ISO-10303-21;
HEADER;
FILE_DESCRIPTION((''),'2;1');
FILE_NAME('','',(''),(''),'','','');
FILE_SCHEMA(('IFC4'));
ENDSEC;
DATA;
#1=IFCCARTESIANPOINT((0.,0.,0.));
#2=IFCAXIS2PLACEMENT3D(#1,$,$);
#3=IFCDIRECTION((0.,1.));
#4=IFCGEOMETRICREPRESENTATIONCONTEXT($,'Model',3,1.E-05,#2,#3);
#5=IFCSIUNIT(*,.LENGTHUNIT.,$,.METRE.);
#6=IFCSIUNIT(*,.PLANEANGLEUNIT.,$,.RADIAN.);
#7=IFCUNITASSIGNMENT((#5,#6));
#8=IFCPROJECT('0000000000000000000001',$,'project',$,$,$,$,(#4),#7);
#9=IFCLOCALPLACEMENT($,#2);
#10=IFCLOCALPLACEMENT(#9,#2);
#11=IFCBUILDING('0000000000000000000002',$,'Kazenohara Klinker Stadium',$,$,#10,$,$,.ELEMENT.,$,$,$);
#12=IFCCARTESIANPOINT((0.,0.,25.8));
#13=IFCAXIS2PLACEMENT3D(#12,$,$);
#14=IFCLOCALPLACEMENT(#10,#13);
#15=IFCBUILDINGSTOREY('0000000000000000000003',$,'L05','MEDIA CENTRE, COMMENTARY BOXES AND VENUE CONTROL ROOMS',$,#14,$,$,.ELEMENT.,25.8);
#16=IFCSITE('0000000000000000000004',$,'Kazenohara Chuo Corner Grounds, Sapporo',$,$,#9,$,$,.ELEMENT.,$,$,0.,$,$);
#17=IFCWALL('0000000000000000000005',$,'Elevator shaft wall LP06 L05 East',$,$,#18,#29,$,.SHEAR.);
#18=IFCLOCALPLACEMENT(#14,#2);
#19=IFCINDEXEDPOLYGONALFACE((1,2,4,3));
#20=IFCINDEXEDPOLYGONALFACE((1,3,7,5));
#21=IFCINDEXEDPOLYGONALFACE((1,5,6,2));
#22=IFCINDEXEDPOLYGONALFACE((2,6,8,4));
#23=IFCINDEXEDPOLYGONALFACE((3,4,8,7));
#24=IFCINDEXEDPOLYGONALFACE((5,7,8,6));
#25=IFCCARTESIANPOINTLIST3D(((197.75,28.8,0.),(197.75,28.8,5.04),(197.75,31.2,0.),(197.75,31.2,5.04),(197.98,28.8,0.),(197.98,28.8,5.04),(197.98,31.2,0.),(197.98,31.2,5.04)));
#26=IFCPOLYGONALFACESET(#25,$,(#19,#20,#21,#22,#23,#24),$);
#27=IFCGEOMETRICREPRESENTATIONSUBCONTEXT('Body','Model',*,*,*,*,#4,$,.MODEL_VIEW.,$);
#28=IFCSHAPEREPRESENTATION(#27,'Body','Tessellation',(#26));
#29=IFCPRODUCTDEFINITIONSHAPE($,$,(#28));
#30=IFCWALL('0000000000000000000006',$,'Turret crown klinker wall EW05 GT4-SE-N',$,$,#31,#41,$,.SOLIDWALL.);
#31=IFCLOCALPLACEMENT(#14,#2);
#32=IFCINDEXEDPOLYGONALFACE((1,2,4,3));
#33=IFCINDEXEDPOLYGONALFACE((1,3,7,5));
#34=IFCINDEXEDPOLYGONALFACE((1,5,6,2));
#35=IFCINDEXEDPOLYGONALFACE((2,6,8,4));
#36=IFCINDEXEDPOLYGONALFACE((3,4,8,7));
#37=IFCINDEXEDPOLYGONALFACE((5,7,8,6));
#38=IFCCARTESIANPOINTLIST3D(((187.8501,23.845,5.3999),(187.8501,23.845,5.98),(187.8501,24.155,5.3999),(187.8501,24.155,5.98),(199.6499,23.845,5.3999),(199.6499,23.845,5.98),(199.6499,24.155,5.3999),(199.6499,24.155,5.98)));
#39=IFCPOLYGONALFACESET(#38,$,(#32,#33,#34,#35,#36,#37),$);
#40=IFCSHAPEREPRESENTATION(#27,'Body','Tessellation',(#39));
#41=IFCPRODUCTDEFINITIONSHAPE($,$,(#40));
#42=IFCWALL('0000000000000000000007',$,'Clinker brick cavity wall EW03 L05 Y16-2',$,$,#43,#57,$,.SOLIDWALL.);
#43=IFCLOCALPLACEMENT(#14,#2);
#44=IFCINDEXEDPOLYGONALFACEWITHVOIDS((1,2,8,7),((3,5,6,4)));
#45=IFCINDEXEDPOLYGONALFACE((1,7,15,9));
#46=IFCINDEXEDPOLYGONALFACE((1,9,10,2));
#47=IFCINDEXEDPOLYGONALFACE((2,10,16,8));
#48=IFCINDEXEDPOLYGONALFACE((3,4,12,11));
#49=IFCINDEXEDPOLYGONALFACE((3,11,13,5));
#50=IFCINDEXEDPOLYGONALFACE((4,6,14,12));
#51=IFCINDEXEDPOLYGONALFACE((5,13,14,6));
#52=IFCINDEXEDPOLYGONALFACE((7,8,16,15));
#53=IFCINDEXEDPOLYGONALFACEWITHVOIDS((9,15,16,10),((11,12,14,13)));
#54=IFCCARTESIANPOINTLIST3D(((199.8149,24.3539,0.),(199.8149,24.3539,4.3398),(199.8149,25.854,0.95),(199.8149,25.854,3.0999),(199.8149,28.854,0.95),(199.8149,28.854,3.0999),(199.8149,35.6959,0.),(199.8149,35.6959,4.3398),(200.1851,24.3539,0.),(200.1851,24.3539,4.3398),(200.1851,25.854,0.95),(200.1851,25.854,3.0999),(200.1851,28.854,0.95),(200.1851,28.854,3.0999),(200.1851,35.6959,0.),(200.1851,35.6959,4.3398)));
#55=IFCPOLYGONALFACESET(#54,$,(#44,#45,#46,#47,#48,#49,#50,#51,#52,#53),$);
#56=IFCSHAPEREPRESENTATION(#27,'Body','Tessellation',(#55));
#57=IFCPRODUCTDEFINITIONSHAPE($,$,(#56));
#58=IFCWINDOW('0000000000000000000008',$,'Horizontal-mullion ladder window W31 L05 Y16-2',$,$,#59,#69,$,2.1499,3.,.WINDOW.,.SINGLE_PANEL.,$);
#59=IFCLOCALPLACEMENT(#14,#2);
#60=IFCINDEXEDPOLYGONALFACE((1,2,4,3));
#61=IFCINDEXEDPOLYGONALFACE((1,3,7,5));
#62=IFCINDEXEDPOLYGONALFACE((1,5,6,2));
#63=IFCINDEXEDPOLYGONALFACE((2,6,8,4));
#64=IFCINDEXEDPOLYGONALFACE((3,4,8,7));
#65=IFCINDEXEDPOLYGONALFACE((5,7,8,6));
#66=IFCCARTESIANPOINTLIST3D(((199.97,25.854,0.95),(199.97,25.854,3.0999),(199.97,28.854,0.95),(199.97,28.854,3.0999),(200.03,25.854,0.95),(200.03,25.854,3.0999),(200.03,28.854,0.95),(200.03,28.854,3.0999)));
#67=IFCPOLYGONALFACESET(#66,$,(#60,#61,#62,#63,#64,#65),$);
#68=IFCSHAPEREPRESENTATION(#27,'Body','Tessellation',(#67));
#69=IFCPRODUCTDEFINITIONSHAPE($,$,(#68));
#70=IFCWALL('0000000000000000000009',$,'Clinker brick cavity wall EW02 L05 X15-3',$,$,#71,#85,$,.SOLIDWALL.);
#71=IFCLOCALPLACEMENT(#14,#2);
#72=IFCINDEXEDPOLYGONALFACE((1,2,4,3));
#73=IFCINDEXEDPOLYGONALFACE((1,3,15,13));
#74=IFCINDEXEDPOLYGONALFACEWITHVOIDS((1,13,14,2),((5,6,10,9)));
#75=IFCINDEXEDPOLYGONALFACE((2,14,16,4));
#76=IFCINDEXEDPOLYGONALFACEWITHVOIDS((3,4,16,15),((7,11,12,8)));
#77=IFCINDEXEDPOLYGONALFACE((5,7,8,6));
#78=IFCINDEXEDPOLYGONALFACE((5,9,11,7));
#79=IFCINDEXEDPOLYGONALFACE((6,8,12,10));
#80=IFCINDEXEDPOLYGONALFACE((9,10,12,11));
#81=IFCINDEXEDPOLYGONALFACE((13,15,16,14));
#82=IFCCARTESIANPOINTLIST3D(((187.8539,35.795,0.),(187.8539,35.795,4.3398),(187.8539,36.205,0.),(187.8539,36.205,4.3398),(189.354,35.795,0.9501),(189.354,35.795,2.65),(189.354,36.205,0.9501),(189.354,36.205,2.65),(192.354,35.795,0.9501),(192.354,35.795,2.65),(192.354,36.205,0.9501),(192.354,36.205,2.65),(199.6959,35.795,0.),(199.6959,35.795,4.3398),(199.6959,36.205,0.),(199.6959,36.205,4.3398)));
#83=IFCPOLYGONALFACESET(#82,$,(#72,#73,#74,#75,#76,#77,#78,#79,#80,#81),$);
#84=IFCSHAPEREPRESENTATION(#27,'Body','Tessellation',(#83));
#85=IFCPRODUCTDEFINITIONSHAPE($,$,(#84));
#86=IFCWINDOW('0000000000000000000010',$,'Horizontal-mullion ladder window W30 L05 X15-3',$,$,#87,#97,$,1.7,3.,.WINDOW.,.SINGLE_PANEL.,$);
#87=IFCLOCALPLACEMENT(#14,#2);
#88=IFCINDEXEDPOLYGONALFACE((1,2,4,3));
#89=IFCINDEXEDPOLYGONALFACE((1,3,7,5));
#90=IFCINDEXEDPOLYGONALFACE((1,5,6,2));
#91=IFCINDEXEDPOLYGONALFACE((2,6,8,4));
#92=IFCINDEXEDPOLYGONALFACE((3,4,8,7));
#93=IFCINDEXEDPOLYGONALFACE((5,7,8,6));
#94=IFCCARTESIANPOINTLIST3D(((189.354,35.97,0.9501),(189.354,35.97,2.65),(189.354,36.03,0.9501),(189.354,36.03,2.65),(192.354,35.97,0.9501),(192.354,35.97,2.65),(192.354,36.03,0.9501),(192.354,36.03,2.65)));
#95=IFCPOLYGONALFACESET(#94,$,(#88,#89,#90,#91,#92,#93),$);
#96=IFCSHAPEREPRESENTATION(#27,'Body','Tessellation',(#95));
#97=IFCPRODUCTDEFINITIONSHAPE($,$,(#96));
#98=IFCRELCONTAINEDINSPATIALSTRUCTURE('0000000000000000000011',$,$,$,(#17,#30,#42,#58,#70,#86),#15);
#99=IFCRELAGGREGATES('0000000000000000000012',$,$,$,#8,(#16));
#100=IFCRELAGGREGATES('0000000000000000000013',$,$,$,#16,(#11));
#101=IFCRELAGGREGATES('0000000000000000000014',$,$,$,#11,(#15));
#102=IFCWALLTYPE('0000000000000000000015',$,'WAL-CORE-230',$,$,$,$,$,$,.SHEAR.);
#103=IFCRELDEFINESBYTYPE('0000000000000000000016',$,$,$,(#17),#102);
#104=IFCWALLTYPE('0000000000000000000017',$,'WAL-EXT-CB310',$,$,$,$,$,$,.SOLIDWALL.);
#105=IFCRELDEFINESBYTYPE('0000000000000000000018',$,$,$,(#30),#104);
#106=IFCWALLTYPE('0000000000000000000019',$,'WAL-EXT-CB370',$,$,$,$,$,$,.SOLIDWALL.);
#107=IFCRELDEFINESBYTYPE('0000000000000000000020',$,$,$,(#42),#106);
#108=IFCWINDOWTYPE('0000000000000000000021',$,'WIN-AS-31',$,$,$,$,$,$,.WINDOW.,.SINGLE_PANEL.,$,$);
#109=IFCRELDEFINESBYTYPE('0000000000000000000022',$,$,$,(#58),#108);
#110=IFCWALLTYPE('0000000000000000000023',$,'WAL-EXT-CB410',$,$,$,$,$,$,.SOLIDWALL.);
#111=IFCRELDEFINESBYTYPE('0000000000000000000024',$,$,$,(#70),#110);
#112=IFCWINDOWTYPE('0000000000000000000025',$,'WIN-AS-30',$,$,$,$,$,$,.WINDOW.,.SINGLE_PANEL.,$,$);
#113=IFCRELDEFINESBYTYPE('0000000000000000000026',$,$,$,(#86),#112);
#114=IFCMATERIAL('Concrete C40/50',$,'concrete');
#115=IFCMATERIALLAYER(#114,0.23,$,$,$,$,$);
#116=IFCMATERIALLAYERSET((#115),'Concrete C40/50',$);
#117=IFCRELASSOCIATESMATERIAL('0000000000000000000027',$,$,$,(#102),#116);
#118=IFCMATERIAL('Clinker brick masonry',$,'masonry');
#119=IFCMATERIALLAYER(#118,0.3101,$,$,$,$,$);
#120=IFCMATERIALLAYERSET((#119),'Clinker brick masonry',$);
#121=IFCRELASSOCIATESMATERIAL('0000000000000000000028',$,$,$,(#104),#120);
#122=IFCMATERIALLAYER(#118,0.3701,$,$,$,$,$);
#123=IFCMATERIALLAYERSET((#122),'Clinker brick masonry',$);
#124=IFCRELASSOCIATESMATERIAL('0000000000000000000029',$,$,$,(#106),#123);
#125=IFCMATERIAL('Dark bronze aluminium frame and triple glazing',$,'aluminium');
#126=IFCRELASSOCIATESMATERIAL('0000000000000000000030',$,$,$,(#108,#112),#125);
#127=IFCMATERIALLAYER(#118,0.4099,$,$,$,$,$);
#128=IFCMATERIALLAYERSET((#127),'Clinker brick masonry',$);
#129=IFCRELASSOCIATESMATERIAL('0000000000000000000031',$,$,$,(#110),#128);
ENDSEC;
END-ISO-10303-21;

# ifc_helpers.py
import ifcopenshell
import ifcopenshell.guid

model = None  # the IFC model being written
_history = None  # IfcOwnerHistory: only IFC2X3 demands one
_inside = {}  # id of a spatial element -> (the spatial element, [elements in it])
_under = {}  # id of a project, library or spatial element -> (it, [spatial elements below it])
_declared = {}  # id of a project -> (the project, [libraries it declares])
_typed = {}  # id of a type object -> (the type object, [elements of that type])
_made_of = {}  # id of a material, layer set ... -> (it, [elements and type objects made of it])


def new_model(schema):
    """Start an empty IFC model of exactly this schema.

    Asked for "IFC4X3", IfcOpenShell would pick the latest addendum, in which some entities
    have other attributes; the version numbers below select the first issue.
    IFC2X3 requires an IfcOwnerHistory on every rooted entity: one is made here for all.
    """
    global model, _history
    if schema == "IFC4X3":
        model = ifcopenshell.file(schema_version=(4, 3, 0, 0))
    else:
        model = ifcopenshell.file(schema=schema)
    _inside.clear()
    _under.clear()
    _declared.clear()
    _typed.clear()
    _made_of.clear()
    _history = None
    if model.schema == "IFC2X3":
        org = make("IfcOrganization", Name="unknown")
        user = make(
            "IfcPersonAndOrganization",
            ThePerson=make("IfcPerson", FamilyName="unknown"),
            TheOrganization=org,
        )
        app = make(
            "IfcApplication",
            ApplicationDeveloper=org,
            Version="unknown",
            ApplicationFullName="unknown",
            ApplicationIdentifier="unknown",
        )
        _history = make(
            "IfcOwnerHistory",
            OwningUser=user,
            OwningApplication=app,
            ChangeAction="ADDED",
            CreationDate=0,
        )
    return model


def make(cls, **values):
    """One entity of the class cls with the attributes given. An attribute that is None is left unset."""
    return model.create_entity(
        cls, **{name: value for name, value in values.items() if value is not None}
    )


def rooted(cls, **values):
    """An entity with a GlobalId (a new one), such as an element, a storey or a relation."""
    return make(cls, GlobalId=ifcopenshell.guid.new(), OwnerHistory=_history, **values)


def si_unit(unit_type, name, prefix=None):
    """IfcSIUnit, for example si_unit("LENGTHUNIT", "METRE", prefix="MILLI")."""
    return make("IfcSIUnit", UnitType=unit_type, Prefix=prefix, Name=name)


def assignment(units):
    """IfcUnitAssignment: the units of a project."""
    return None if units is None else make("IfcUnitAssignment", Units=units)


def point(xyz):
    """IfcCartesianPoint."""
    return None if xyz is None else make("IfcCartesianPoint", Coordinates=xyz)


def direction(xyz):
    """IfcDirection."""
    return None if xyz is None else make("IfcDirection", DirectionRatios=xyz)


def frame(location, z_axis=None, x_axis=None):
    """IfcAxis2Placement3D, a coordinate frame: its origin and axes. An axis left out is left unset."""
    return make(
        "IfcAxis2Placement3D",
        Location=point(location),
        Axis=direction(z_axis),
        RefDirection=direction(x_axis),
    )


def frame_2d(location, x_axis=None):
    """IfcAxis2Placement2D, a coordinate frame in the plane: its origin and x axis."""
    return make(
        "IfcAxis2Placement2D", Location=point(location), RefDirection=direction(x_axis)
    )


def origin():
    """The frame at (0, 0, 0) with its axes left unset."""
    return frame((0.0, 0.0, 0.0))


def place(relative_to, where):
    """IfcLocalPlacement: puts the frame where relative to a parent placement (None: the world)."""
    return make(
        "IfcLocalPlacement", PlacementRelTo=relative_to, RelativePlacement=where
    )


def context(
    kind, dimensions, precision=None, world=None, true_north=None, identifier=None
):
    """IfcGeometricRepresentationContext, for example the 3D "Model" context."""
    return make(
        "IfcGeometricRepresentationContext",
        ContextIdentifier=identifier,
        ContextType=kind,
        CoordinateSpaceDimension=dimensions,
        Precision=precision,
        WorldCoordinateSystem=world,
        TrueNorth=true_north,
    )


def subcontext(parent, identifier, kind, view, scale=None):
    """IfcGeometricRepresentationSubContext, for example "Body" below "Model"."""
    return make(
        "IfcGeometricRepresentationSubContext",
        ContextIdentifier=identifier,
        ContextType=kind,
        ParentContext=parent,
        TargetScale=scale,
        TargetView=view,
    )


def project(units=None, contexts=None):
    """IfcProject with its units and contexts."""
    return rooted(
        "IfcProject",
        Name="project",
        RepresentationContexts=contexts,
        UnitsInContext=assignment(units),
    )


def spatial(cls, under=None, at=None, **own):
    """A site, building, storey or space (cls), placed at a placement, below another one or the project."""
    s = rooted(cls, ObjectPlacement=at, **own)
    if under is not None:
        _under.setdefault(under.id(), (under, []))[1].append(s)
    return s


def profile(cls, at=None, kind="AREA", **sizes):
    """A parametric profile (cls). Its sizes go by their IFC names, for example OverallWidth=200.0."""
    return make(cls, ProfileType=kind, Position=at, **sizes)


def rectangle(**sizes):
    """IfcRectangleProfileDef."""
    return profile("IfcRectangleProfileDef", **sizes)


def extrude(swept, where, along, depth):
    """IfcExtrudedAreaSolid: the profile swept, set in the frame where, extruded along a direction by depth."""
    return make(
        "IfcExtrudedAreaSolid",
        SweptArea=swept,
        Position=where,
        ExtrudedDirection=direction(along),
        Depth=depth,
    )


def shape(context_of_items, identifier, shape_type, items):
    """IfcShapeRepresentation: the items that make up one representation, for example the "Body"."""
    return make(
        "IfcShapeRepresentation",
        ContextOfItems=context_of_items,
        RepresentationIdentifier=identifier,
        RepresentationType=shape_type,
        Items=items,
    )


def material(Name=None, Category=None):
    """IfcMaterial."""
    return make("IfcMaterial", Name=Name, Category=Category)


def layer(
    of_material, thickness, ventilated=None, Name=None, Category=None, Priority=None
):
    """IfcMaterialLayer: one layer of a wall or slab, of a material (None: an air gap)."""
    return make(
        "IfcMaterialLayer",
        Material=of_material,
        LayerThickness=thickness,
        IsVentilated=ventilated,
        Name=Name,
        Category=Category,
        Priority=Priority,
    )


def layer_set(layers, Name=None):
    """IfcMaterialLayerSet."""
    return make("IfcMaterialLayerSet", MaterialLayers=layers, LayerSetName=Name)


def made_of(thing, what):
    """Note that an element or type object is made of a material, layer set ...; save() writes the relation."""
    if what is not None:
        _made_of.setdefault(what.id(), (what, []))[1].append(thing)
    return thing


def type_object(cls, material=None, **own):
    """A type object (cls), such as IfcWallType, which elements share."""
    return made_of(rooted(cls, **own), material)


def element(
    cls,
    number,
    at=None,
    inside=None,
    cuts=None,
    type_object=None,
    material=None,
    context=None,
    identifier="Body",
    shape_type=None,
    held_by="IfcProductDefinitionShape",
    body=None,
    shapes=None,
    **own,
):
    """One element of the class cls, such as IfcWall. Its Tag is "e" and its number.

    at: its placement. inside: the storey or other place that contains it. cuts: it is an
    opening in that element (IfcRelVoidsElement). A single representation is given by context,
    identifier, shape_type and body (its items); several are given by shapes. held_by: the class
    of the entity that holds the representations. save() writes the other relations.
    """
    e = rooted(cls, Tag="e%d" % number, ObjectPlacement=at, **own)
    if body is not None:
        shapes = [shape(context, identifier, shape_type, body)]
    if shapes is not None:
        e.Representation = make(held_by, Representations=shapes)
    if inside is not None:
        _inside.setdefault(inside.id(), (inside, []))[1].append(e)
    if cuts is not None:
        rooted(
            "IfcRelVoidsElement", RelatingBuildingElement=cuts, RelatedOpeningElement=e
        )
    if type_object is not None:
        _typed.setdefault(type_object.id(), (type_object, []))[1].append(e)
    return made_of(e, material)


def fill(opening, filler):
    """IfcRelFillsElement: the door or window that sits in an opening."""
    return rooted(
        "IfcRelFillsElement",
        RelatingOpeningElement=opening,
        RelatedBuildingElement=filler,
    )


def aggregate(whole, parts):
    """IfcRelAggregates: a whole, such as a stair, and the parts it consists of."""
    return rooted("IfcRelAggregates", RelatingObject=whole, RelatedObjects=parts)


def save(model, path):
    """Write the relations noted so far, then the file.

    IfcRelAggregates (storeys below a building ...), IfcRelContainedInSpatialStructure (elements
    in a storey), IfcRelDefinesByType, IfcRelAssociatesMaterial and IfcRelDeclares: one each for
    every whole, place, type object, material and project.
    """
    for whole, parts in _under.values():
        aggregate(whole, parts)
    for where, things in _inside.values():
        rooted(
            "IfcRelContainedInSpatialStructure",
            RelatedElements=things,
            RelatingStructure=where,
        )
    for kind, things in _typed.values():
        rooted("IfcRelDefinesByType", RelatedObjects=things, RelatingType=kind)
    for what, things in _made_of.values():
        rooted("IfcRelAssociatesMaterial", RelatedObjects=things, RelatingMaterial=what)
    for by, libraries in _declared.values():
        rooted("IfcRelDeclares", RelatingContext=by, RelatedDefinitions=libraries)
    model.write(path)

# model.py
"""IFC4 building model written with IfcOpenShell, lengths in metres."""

from ifc_helpers import new_model, si_unit, direction, frame, frame_2d, origin, place, context, subcontext, project, spatial, rectangle, extrude, material, layer, layer_set, type_object, element, fill, save


model = new_model("IFC4")

# Units and contexts
model_context = context("Model", 3, precision=1e-05, world=origin(), true_north=direction((0.0, 1.0)))
body_context = subcontext(model_context, "Body", "Model", "MODEL_VIEW")
ifc_project = project(units=[si_unit("LENGTHUNIT", "METRE"), si_unit("PLANEANGLEUNIT", "RADIAN")], contexts=[model_context])

# Site, building, storey
site_placement = place(None, origin())
site = spatial("IfcSite", under=ifc_project, at=site_placement, Name="Kazenohara Chuo Corner Grounds, Sapporo", CompositionType="ELEMENT", RefElevation=0.0)
building_placement = place(site_placement, origin())
building = spatial("IfcBuilding", under=site, at=building_placement, Name="Kazenohara Klinker Stadium", CompositionType="ELEMENT")
storey_placement = place(building_placement, frame((0.0, 0.0, 25.8)))
storey = spatial("IfcBuildingStorey", under=building, at=storey_placement, Name="L05", Description="MEDIA CENTRE, COMMENTARY BOXES AND VENUE CONTROL ROOMS", CompositionType="ELEMENT", Elevation=25.8)

# Shared definitions
ifc_material_1 = material(Name="Concrete C40/50", Category="concrete")

# Shared definitions
ifc_layer_1 = layer(ifc_material_1, 0.23)
ifc_layer_set_1 = layer_set([ifc_layer_1], Name="Concrete C40/50")
wall_type_1 = type_object("IfcWallType", Name="WAL-CORE-230", PredefinedType="SHEAR", material=ifc_layer_set_1)

# Walls
wall_1_placement = place(storey_placement, frame((197.865, 28.8, 0.0), z_axis=(0.0, 0.0, 1.0), x_axis=(0.0, 1.0, 0.0)))
element("IfcWall", 1, at=wall_1_placement, inside=storey, type_object=wall_type_1, Name="Elevator shaft wall LP06 L05 East", PredefinedType="SHEAR", context=body_context, shape_type="SweptSolid", body=[
    extrude(rectangle(XDim=2.3999, YDim=0.23, at=frame_2d((1.2, 0.0))), origin(), (0.0, 0.0, 1.0), 5.04),
])
ifc_material_2 = material(Name="Clinker brick masonry", Category="masonry")
ifc_layer_2 = layer(ifc_material_2, 0.3101)
ifc_layer_set_2 = layer_set([ifc_layer_2], Name="Clinker brick masonry")
wall_type_2 = type_object("IfcWallType", Name="WAL-EXT-CB310", PredefinedType="SOLIDWALL", material=ifc_layer_set_2)
wall_2_placement = place(storey_placement, frame((187.8501, 24.0, 5.3999), z_axis=(0.0, 0.0, 1.0), x_axis=(1.0, 0.0, 0.0)))
element("IfcWall", 2, at=wall_2_placement, inside=storey, type_object=wall_type_2, Name="Turret crown klinker wall EW05 GT4-SE-N", PredefinedType="SOLIDWALL", context=body_context, shape_type="SweptSolid", body=[
    extrude(rectangle(XDim=11.7998, YDim=0.3101, at=frame_2d((5.8999, 0.0))), origin(), (0.0, 0.0, 1.0), 0.5801),
])

# Walls, openings, windows
ifc_layer_3 = layer(ifc_material_2, 0.3701)
ifc_layer_set_3 = layer_set([ifc_layer_3], Name="Clinker brick masonry")
wall_type_3 = type_object("IfcWallType", Name="WAL-EXT-CB370", PredefinedType="SOLIDWALL", material=ifc_layer_set_3)
wall_3_placement = place(storey_placement, frame((200.0, 24.354, 0.0), z_axis=(0.0, 0.0, 1.0), x_axis=(0.0, 1.0, 0.0)))
wall_3 = element("IfcWall", 3, at=wall_3_placement, inside=storey, type_object=wall_type_3, Name="Clinker brick cavity wall EW03 L05 Y16-2", PredefinedType="SOLIDWALL", context=body_context, shape_type="SweptSolid", body=[
    extrude(rectangle(XDim=11.342, YDim=0.3701, at=frame_2d((5.6709, 0.0))), origin(), (0.0, 0.0, 1.0), 4.3398),
])
opening_1_placement = place(wall_3_placement, frame((1.5, 0.0, 0.95)))
opening_1 = element("IfcOpeningElement", 4, at=opening_1_placement, cuts=wall_3, PredefinedType="OPENING", context=body_context, shape_type="SweptSolid", body=[
    extrude(rectangle(XDim=3.0, YDim=2.1499, at=frame_2d((1.5, 1.075))), frame((0.0, 0.1951, 0.0), z_axis=(0.0, -1.0, 0.0), x_axis=(1.0, 0.0, 0.0)), (0.0, 0.0, 1.0), 0.3901),
])
ifc_material_3 = material(Name="Dark bronze aluminium frame and triple glazing", Category="aluminium")
window_type_1 = type_object("IfcWindowType", Name="WIN-AS-31", PartitioningType="SINGLE_PANEL", PredefinedType="WINDOW", material=ifc_material_3)
window_1_placement = place(opening_1_placement, origin())
window_1 = element("IfcWindow", 5, at=window_1_placement, inside=storey, type_object=window_type_1, Name="Horizontal-mullion ladder window W31 L05 Y16-2", OverallHeight=2.1499, OverallWidth=3.0, PartitioningType="SINGLE_PANEL", PredefinedType="WINDOW", context=body_context, shape_type="SweptSolid", body=[
    extrude(rectangle(XDim=3.0, YDim=2.1499, at=frame_2d((1.5, 1.075))), frame((0.0, 0.03, 0.0), z_axis=(0.0, -1.0, 0.0), x_axis=(1.0, 0.0, 0.0)), (0.0, 0.0, 1.0), 0.0601),
])
fill(opening_1, window_1)
ifc_layer_4 = layer(ifc_material_2, 0.4099)
ifc_layer_set_4 = layer_set([ifc_layer_4], Name="Clinker brick masonry")
wall_type_4 = type_object("IfcWallType", Name="WAL-EXT-CB410", PredefinedType="SOLIDWALL", material=ifc_layer_set_4)
wall_4_placement = place(storey_placement, frame((187.854, 36.0, 0.0), z_axis=(0.0, 0.0, 1.0), x_axis=(1.0, 0.0, 0.0)))
wall_4 = element("IfcWall", 6, at=wall_4_placement, inside=storey, type_object=wall_type_4, Name="Clinker brick cavity wall EW02 L05 X15-3", PredefinedType="SOLIDWALL", context=body_context, shape_type="SweptSolid", body=[
    extrude(rectangle(XDim=11.842, YDim=0.4099, at=frame_2d((5.9209, 0.0))), origin(), (0.0, 0.0, 1.0), 4.3398),
])
opening_2_placement = place(wall_4_placement, frame((1.5, 0.0, 0.95)))
opening_2 = element("IfcOpeningElement", 7, at=opening_2_placement, cuts=wall_4, PredefinedType="OPENING", context=body_context, shape_type="SweptSolid", body=[
    extrude(rectangle(XDim=3.0, YDim=1.7, at=frame_2d((1.5, 0.8501))), frame((0.0, 0.2148, 0.0), z_axis=(0.0, -1.0, 0.0), x_axis=(1.0, 0.0, 0.0)), (0.0, 0.0, 1.0), 0.4299),
])
window_type_2 = type_object("IfcWindowType", Name="WIN-AS-30", PartitioningType="SINGLE_PANEL", PredefinedType="WINDOW", material=ifc_material_3)
window_2_placement = place(opening_2_placement, origin())
window_2 = element("IfcWindow", 8, at=window_2_placement, inside=storey, type_object=window_type_2, Name="Horizontal-mullion ladder window W30 L05 X15-3", OverallHeight=1.7, OverallWidth=3.0, PartitioningType="SINGLE_PANEL", PredefinedType="WINDOW", context=body_context, shape_type="SweptSolid", body=[
    extrude(rectangle(XDim=3.0, YDim=1.7, at=frame_2d((1.5, 0.8501))), frame((0.0, 0.03, 0.0), z_axis=(0.0, -1.0, 0.0), x_axis=(1.0, 0.0, 0.0)), (0.0, 0.0, 1.0), 0.0601),
])
fill(opening_2, window_2)

save(model, "model.ifc")
